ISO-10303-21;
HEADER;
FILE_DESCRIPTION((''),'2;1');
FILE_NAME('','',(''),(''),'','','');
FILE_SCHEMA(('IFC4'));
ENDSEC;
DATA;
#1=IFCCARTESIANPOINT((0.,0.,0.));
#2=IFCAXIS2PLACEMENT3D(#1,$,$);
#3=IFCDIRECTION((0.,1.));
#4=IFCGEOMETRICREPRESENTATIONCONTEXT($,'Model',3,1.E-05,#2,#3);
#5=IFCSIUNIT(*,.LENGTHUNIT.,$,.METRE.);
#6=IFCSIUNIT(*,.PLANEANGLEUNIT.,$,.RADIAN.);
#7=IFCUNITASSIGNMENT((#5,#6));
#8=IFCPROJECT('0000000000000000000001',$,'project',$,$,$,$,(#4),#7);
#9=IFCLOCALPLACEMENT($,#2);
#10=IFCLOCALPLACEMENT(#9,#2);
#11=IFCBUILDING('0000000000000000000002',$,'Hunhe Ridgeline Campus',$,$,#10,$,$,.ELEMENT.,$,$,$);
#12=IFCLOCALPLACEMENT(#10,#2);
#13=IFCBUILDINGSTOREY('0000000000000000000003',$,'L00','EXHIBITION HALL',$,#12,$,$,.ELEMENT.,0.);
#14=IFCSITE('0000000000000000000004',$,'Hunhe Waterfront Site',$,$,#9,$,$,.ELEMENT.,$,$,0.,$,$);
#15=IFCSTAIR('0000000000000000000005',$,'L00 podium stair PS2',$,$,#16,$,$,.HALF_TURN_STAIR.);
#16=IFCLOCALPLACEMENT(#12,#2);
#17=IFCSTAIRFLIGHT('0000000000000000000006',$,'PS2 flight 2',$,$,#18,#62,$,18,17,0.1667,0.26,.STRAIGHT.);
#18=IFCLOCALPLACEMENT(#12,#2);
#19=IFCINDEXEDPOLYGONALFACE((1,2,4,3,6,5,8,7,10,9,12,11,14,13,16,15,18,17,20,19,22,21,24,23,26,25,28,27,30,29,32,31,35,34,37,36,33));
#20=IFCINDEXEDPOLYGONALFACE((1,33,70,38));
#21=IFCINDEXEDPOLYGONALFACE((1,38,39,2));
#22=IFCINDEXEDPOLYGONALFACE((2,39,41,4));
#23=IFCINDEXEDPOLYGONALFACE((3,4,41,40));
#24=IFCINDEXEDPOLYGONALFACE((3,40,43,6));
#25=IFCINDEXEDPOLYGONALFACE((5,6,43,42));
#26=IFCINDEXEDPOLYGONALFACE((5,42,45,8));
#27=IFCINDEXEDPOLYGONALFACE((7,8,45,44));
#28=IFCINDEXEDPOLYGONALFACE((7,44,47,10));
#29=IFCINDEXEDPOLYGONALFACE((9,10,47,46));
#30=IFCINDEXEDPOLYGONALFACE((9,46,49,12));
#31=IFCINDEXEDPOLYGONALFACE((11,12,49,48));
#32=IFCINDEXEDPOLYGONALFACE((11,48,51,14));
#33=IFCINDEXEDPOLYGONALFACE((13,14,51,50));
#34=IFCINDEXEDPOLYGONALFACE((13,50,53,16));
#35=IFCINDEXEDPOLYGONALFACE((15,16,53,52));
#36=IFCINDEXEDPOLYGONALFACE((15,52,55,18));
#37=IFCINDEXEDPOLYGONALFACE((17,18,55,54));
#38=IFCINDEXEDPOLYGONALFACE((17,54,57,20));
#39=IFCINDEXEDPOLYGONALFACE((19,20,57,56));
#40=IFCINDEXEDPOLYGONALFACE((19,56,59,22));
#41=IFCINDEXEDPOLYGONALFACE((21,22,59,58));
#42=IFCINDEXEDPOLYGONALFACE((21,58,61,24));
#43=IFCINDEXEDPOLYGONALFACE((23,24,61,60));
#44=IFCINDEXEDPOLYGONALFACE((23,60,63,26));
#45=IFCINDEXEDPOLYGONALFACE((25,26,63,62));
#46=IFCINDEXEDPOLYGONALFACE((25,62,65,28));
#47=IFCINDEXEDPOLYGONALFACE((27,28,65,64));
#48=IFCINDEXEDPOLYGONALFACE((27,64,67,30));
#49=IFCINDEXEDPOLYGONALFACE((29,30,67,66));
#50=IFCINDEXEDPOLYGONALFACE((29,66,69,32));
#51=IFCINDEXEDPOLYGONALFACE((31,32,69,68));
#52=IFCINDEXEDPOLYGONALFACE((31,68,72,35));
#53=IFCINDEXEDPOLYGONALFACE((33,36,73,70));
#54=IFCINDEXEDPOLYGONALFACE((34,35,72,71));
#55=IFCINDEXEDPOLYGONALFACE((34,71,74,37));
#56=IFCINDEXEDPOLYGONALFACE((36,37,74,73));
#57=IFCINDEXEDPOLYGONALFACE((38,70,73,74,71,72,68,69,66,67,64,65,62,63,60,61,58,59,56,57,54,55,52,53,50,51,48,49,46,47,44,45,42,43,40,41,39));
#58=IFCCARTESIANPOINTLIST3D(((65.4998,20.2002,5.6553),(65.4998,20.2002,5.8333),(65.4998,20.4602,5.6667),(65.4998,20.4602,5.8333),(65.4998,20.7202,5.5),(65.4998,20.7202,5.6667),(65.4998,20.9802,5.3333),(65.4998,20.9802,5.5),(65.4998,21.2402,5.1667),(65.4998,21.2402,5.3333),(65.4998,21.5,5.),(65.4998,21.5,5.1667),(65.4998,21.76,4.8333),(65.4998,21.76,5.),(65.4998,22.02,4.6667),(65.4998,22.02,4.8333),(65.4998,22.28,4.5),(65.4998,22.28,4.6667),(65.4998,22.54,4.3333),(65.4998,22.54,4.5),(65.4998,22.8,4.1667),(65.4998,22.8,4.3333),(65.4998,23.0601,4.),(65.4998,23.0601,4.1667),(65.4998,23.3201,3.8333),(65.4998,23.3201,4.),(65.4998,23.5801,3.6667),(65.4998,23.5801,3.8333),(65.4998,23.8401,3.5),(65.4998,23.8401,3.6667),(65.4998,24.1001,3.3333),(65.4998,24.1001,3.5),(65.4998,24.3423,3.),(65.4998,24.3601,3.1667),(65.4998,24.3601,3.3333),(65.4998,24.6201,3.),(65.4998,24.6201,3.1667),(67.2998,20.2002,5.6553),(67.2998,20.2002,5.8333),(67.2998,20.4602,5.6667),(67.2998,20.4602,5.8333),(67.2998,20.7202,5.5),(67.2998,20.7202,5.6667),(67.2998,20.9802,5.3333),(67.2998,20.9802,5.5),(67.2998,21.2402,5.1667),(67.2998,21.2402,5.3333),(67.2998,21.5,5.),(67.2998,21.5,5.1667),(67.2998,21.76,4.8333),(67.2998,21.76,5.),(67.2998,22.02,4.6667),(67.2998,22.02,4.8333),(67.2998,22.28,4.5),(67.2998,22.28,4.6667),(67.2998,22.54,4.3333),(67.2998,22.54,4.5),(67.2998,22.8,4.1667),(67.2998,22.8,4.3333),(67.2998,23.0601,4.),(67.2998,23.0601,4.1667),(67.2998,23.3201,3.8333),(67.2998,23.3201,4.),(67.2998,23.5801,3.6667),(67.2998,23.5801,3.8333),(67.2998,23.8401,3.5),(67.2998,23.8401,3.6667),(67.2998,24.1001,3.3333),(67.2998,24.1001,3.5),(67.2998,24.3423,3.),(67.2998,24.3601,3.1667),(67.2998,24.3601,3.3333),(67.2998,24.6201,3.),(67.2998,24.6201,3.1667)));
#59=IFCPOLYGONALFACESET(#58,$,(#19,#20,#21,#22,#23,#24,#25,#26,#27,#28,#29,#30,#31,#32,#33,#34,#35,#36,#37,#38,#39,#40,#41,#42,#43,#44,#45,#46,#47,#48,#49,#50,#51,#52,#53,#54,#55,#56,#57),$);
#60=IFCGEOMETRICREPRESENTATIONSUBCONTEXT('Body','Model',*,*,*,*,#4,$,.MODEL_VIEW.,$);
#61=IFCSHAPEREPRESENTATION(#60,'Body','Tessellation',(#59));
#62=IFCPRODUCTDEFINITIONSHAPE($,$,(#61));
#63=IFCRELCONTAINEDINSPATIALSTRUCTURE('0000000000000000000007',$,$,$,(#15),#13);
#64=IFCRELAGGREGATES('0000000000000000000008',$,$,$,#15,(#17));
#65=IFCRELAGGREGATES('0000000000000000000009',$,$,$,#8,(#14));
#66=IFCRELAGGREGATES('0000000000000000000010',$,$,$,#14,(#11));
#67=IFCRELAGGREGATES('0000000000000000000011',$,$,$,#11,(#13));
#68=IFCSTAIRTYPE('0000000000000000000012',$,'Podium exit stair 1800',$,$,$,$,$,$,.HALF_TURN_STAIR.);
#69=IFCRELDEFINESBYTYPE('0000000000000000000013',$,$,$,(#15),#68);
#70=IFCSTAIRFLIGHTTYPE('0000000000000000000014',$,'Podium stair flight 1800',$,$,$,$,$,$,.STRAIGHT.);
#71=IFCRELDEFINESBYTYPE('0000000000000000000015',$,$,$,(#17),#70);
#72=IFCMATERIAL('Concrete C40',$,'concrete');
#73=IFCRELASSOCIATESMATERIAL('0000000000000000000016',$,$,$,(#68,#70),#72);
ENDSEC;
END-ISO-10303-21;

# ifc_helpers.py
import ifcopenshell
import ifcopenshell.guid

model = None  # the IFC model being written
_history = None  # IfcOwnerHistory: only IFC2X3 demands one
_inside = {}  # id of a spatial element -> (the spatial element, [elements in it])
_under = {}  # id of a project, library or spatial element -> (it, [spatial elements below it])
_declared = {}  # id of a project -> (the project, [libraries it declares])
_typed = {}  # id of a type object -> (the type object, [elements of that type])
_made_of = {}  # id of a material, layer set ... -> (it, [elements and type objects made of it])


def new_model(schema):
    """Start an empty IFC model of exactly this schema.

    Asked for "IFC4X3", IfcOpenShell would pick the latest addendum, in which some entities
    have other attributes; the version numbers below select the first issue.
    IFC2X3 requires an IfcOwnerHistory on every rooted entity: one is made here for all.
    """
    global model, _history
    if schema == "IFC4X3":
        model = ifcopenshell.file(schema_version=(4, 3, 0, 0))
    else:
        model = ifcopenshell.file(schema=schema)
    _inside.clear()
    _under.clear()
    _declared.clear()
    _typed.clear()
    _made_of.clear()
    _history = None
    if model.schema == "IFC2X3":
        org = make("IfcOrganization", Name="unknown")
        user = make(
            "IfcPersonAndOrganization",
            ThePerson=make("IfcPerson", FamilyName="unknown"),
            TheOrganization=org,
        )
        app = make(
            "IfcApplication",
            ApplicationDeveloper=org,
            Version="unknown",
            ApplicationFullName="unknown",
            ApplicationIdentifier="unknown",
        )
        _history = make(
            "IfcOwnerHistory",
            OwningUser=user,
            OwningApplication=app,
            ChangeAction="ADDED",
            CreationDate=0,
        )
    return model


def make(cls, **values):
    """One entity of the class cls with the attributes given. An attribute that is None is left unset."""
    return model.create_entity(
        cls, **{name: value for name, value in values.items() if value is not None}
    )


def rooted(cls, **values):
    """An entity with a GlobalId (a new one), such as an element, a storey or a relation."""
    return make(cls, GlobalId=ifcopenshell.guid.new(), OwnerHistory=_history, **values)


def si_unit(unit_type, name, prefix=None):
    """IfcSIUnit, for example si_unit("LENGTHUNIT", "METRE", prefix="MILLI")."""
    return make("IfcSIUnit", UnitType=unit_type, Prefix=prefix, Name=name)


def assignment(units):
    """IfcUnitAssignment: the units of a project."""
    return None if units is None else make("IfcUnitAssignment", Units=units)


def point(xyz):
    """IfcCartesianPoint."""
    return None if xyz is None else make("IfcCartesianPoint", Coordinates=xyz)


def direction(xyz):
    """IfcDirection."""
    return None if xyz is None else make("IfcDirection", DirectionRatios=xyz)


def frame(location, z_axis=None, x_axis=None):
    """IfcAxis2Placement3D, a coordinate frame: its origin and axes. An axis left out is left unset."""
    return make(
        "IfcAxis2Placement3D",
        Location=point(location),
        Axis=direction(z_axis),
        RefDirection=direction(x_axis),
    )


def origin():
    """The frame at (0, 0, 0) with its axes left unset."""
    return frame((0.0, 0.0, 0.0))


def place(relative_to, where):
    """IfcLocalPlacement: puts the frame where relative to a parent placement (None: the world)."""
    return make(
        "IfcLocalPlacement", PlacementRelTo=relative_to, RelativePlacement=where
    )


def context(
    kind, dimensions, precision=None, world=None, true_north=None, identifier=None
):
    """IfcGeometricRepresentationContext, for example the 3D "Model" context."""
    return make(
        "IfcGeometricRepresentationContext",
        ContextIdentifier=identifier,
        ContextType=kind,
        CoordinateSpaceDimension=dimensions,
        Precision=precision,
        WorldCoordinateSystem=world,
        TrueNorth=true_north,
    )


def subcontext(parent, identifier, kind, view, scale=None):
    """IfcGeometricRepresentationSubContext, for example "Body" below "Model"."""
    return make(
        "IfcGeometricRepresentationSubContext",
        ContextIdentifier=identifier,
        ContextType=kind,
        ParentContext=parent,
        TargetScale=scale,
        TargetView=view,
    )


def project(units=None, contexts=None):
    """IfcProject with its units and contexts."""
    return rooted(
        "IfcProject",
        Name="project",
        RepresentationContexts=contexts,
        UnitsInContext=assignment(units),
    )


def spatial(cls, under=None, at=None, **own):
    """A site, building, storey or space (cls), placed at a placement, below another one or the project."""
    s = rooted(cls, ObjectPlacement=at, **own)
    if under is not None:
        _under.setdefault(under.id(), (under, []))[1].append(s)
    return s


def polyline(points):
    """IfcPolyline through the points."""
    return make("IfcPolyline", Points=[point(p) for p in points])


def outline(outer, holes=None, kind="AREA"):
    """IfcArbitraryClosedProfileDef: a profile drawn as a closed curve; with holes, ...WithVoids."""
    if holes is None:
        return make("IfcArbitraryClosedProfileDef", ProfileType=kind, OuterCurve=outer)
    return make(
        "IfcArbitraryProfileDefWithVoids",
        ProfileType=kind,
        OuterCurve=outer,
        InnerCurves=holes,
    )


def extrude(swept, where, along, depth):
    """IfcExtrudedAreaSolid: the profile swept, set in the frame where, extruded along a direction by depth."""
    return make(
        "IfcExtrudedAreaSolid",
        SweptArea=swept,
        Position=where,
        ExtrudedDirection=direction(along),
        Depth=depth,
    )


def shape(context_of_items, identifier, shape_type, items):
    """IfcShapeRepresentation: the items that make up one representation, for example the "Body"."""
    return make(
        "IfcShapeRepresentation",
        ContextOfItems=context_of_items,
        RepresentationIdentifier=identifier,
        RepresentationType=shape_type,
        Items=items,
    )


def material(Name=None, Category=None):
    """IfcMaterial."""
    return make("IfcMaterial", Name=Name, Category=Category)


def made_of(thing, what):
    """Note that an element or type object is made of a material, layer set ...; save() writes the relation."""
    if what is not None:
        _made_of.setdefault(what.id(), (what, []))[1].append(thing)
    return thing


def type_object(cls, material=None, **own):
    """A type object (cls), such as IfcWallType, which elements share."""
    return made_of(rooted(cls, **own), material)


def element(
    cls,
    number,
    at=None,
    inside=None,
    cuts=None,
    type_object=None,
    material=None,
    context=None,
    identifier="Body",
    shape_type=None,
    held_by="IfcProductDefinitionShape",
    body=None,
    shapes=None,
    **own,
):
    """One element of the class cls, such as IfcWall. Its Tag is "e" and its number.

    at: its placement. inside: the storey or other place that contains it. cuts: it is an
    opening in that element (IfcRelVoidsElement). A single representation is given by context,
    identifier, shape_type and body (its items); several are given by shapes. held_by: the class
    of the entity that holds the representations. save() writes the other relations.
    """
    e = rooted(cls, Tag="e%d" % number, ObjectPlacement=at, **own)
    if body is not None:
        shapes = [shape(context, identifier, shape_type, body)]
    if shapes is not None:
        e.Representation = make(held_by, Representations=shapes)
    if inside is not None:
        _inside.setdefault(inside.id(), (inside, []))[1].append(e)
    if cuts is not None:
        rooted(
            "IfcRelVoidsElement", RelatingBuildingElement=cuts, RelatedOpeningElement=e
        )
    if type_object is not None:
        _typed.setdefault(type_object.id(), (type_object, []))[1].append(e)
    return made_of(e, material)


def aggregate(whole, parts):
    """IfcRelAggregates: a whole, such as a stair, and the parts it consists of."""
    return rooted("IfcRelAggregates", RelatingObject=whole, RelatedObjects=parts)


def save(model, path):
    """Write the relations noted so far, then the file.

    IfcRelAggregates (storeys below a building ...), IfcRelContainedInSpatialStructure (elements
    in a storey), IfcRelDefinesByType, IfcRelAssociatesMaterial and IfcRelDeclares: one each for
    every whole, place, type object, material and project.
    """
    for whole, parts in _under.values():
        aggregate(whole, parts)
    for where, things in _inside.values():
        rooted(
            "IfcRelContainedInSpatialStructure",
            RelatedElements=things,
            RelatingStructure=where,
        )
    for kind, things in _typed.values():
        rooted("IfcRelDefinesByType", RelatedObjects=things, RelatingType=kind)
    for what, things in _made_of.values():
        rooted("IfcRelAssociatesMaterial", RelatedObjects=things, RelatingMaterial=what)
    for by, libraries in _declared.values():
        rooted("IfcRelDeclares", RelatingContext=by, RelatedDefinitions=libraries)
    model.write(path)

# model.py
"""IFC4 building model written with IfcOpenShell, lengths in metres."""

from ifc_helpers import new_model, si_unit, direction, frame, origin, place, context, subcontext, project, spatial, polyline, outline, extrude, material, type_object, element, aggregate, save


model = new_model("IFC4")

# Units and contexts
model_context = context("Model", 3, precision=1e-05, world=origin(), true_north=direction((0.0, 1.0)))
body_context = subcontext(model_context, "Body", "Model", "MODEL_VIEW")
ifc_project = project(units=[si_unit("LENGTHUNIT", "METRE"), si_unit("PLANEANGLEUNIT", "RADIAN")], contexts=[model_context])

# Site, building, storey
site_placement = place(None, origin())
site = spatial("IfcSite", under=ifc_project, at=site_placement, Name="Hunhe Waterfront Site", CompositionType="ELEMENT", RefElevation=0.0)
building_placement = place(site_placement, origin())
building = spatial("IfcBuilding", under=site, at=building_placement, Name="Hunhe Ridgeline Campus", CompositionType="ELEMENT")
storey_placement = place(building_placement, origin())
storey = spatial("IfcBuildingStorey", under=building, at=storey_placement, Name="L00", Description="EXHIBITION HALL", CompositionType="ELEMENT", Elevation=0.0)

# Shared definitions
ifc_material_1 = material(Name="Concrete C40", Category="concrete")

# Stair, stair flight
stair_type = type_object("IfcStairType", Name="Podium exit stair 1800", PredefinedType="HALF_TURN_STAIR", material=ifc_material_1)
stair_placement = place(storey_placement, origin())
stair = element("IfcStair", 1, at=stair_placement, inside=storey, type_object=stair_type, Name="L00 podium stair PS2", PredefinedType="HALF_TURN_STAIR")
stair_flight_type = type_object("IfcStairFlightType", Name="Podium stair flight 1800", PredefinedType="STRAIGHT", material=ifc_material_1)
stair_flight_placement = place(storey_placement, frame((66.3999, 24.6201, 3.0), z_axis=(0.0, 0.0, 1.0), x_axis=(0.0, -1.0, 0.0)))
stair_flight = element("IfcStairFlight", 2, at=stair_flight_placement, type_object=stair_flight_type, Name="PS2 flight 2", NumberOfRisers=18, NumberOfTreads=17, PredefinedType="STRAIGHT", RiserHeight=0.1667, TreadLength=0.26, context=body_context, shape_type="SweptSolid", body=[
    extrude(outline(polyline([(0.0, 0.0), (0.0, 0.1667), (0.26, 0.1667), (0.26, 0.3333), (0.52, 0.3333), (0.52, 0.5), (0.78, 0.5), (0.78, 0.6667), (1.04, 0.6667), (1.04, 0.8333), (1.3, 0.8333), (1.3, 1.0), (1.5601, 1.0), (1.5601, 1.1667), (1.8201, 1.1667), (1.8201, 1.3333), (2.0801, 1.3333), (2.0801, 1.5), (2.3401, 1.5), (2.3401, 1.6667), (2.6001, 1.6667), (2.6001, 1.8333), (2.8601, 1.8333), (2.8601, 2.0), (3.1201, 2.0), (3.1201, 2.1667), (3.3799, 2.1667), (3.3799, 2.3333), (3.6399, 2.3333), (3.6399, 2.5), (3.8999, 2.5), (3.8999, 2.6667), (4.1599, 2.6667), (4.1599, 2.8333), (4.4199, 2.8333), (4.4199, 3.0), (4.4199, 2.6553), (0.2778, 0.0), (0.0, 0.0)])), frame((0.0, 0.8999, 0.0), z_axis=(0.0, -1.0, 0.0), x_axis=(1.0, 0.0, 0.0)), (0.0, 0.0, 1.0), 1.8),
])
aggregate(stair, [stair_flight])

save(model, "model.ifc")
